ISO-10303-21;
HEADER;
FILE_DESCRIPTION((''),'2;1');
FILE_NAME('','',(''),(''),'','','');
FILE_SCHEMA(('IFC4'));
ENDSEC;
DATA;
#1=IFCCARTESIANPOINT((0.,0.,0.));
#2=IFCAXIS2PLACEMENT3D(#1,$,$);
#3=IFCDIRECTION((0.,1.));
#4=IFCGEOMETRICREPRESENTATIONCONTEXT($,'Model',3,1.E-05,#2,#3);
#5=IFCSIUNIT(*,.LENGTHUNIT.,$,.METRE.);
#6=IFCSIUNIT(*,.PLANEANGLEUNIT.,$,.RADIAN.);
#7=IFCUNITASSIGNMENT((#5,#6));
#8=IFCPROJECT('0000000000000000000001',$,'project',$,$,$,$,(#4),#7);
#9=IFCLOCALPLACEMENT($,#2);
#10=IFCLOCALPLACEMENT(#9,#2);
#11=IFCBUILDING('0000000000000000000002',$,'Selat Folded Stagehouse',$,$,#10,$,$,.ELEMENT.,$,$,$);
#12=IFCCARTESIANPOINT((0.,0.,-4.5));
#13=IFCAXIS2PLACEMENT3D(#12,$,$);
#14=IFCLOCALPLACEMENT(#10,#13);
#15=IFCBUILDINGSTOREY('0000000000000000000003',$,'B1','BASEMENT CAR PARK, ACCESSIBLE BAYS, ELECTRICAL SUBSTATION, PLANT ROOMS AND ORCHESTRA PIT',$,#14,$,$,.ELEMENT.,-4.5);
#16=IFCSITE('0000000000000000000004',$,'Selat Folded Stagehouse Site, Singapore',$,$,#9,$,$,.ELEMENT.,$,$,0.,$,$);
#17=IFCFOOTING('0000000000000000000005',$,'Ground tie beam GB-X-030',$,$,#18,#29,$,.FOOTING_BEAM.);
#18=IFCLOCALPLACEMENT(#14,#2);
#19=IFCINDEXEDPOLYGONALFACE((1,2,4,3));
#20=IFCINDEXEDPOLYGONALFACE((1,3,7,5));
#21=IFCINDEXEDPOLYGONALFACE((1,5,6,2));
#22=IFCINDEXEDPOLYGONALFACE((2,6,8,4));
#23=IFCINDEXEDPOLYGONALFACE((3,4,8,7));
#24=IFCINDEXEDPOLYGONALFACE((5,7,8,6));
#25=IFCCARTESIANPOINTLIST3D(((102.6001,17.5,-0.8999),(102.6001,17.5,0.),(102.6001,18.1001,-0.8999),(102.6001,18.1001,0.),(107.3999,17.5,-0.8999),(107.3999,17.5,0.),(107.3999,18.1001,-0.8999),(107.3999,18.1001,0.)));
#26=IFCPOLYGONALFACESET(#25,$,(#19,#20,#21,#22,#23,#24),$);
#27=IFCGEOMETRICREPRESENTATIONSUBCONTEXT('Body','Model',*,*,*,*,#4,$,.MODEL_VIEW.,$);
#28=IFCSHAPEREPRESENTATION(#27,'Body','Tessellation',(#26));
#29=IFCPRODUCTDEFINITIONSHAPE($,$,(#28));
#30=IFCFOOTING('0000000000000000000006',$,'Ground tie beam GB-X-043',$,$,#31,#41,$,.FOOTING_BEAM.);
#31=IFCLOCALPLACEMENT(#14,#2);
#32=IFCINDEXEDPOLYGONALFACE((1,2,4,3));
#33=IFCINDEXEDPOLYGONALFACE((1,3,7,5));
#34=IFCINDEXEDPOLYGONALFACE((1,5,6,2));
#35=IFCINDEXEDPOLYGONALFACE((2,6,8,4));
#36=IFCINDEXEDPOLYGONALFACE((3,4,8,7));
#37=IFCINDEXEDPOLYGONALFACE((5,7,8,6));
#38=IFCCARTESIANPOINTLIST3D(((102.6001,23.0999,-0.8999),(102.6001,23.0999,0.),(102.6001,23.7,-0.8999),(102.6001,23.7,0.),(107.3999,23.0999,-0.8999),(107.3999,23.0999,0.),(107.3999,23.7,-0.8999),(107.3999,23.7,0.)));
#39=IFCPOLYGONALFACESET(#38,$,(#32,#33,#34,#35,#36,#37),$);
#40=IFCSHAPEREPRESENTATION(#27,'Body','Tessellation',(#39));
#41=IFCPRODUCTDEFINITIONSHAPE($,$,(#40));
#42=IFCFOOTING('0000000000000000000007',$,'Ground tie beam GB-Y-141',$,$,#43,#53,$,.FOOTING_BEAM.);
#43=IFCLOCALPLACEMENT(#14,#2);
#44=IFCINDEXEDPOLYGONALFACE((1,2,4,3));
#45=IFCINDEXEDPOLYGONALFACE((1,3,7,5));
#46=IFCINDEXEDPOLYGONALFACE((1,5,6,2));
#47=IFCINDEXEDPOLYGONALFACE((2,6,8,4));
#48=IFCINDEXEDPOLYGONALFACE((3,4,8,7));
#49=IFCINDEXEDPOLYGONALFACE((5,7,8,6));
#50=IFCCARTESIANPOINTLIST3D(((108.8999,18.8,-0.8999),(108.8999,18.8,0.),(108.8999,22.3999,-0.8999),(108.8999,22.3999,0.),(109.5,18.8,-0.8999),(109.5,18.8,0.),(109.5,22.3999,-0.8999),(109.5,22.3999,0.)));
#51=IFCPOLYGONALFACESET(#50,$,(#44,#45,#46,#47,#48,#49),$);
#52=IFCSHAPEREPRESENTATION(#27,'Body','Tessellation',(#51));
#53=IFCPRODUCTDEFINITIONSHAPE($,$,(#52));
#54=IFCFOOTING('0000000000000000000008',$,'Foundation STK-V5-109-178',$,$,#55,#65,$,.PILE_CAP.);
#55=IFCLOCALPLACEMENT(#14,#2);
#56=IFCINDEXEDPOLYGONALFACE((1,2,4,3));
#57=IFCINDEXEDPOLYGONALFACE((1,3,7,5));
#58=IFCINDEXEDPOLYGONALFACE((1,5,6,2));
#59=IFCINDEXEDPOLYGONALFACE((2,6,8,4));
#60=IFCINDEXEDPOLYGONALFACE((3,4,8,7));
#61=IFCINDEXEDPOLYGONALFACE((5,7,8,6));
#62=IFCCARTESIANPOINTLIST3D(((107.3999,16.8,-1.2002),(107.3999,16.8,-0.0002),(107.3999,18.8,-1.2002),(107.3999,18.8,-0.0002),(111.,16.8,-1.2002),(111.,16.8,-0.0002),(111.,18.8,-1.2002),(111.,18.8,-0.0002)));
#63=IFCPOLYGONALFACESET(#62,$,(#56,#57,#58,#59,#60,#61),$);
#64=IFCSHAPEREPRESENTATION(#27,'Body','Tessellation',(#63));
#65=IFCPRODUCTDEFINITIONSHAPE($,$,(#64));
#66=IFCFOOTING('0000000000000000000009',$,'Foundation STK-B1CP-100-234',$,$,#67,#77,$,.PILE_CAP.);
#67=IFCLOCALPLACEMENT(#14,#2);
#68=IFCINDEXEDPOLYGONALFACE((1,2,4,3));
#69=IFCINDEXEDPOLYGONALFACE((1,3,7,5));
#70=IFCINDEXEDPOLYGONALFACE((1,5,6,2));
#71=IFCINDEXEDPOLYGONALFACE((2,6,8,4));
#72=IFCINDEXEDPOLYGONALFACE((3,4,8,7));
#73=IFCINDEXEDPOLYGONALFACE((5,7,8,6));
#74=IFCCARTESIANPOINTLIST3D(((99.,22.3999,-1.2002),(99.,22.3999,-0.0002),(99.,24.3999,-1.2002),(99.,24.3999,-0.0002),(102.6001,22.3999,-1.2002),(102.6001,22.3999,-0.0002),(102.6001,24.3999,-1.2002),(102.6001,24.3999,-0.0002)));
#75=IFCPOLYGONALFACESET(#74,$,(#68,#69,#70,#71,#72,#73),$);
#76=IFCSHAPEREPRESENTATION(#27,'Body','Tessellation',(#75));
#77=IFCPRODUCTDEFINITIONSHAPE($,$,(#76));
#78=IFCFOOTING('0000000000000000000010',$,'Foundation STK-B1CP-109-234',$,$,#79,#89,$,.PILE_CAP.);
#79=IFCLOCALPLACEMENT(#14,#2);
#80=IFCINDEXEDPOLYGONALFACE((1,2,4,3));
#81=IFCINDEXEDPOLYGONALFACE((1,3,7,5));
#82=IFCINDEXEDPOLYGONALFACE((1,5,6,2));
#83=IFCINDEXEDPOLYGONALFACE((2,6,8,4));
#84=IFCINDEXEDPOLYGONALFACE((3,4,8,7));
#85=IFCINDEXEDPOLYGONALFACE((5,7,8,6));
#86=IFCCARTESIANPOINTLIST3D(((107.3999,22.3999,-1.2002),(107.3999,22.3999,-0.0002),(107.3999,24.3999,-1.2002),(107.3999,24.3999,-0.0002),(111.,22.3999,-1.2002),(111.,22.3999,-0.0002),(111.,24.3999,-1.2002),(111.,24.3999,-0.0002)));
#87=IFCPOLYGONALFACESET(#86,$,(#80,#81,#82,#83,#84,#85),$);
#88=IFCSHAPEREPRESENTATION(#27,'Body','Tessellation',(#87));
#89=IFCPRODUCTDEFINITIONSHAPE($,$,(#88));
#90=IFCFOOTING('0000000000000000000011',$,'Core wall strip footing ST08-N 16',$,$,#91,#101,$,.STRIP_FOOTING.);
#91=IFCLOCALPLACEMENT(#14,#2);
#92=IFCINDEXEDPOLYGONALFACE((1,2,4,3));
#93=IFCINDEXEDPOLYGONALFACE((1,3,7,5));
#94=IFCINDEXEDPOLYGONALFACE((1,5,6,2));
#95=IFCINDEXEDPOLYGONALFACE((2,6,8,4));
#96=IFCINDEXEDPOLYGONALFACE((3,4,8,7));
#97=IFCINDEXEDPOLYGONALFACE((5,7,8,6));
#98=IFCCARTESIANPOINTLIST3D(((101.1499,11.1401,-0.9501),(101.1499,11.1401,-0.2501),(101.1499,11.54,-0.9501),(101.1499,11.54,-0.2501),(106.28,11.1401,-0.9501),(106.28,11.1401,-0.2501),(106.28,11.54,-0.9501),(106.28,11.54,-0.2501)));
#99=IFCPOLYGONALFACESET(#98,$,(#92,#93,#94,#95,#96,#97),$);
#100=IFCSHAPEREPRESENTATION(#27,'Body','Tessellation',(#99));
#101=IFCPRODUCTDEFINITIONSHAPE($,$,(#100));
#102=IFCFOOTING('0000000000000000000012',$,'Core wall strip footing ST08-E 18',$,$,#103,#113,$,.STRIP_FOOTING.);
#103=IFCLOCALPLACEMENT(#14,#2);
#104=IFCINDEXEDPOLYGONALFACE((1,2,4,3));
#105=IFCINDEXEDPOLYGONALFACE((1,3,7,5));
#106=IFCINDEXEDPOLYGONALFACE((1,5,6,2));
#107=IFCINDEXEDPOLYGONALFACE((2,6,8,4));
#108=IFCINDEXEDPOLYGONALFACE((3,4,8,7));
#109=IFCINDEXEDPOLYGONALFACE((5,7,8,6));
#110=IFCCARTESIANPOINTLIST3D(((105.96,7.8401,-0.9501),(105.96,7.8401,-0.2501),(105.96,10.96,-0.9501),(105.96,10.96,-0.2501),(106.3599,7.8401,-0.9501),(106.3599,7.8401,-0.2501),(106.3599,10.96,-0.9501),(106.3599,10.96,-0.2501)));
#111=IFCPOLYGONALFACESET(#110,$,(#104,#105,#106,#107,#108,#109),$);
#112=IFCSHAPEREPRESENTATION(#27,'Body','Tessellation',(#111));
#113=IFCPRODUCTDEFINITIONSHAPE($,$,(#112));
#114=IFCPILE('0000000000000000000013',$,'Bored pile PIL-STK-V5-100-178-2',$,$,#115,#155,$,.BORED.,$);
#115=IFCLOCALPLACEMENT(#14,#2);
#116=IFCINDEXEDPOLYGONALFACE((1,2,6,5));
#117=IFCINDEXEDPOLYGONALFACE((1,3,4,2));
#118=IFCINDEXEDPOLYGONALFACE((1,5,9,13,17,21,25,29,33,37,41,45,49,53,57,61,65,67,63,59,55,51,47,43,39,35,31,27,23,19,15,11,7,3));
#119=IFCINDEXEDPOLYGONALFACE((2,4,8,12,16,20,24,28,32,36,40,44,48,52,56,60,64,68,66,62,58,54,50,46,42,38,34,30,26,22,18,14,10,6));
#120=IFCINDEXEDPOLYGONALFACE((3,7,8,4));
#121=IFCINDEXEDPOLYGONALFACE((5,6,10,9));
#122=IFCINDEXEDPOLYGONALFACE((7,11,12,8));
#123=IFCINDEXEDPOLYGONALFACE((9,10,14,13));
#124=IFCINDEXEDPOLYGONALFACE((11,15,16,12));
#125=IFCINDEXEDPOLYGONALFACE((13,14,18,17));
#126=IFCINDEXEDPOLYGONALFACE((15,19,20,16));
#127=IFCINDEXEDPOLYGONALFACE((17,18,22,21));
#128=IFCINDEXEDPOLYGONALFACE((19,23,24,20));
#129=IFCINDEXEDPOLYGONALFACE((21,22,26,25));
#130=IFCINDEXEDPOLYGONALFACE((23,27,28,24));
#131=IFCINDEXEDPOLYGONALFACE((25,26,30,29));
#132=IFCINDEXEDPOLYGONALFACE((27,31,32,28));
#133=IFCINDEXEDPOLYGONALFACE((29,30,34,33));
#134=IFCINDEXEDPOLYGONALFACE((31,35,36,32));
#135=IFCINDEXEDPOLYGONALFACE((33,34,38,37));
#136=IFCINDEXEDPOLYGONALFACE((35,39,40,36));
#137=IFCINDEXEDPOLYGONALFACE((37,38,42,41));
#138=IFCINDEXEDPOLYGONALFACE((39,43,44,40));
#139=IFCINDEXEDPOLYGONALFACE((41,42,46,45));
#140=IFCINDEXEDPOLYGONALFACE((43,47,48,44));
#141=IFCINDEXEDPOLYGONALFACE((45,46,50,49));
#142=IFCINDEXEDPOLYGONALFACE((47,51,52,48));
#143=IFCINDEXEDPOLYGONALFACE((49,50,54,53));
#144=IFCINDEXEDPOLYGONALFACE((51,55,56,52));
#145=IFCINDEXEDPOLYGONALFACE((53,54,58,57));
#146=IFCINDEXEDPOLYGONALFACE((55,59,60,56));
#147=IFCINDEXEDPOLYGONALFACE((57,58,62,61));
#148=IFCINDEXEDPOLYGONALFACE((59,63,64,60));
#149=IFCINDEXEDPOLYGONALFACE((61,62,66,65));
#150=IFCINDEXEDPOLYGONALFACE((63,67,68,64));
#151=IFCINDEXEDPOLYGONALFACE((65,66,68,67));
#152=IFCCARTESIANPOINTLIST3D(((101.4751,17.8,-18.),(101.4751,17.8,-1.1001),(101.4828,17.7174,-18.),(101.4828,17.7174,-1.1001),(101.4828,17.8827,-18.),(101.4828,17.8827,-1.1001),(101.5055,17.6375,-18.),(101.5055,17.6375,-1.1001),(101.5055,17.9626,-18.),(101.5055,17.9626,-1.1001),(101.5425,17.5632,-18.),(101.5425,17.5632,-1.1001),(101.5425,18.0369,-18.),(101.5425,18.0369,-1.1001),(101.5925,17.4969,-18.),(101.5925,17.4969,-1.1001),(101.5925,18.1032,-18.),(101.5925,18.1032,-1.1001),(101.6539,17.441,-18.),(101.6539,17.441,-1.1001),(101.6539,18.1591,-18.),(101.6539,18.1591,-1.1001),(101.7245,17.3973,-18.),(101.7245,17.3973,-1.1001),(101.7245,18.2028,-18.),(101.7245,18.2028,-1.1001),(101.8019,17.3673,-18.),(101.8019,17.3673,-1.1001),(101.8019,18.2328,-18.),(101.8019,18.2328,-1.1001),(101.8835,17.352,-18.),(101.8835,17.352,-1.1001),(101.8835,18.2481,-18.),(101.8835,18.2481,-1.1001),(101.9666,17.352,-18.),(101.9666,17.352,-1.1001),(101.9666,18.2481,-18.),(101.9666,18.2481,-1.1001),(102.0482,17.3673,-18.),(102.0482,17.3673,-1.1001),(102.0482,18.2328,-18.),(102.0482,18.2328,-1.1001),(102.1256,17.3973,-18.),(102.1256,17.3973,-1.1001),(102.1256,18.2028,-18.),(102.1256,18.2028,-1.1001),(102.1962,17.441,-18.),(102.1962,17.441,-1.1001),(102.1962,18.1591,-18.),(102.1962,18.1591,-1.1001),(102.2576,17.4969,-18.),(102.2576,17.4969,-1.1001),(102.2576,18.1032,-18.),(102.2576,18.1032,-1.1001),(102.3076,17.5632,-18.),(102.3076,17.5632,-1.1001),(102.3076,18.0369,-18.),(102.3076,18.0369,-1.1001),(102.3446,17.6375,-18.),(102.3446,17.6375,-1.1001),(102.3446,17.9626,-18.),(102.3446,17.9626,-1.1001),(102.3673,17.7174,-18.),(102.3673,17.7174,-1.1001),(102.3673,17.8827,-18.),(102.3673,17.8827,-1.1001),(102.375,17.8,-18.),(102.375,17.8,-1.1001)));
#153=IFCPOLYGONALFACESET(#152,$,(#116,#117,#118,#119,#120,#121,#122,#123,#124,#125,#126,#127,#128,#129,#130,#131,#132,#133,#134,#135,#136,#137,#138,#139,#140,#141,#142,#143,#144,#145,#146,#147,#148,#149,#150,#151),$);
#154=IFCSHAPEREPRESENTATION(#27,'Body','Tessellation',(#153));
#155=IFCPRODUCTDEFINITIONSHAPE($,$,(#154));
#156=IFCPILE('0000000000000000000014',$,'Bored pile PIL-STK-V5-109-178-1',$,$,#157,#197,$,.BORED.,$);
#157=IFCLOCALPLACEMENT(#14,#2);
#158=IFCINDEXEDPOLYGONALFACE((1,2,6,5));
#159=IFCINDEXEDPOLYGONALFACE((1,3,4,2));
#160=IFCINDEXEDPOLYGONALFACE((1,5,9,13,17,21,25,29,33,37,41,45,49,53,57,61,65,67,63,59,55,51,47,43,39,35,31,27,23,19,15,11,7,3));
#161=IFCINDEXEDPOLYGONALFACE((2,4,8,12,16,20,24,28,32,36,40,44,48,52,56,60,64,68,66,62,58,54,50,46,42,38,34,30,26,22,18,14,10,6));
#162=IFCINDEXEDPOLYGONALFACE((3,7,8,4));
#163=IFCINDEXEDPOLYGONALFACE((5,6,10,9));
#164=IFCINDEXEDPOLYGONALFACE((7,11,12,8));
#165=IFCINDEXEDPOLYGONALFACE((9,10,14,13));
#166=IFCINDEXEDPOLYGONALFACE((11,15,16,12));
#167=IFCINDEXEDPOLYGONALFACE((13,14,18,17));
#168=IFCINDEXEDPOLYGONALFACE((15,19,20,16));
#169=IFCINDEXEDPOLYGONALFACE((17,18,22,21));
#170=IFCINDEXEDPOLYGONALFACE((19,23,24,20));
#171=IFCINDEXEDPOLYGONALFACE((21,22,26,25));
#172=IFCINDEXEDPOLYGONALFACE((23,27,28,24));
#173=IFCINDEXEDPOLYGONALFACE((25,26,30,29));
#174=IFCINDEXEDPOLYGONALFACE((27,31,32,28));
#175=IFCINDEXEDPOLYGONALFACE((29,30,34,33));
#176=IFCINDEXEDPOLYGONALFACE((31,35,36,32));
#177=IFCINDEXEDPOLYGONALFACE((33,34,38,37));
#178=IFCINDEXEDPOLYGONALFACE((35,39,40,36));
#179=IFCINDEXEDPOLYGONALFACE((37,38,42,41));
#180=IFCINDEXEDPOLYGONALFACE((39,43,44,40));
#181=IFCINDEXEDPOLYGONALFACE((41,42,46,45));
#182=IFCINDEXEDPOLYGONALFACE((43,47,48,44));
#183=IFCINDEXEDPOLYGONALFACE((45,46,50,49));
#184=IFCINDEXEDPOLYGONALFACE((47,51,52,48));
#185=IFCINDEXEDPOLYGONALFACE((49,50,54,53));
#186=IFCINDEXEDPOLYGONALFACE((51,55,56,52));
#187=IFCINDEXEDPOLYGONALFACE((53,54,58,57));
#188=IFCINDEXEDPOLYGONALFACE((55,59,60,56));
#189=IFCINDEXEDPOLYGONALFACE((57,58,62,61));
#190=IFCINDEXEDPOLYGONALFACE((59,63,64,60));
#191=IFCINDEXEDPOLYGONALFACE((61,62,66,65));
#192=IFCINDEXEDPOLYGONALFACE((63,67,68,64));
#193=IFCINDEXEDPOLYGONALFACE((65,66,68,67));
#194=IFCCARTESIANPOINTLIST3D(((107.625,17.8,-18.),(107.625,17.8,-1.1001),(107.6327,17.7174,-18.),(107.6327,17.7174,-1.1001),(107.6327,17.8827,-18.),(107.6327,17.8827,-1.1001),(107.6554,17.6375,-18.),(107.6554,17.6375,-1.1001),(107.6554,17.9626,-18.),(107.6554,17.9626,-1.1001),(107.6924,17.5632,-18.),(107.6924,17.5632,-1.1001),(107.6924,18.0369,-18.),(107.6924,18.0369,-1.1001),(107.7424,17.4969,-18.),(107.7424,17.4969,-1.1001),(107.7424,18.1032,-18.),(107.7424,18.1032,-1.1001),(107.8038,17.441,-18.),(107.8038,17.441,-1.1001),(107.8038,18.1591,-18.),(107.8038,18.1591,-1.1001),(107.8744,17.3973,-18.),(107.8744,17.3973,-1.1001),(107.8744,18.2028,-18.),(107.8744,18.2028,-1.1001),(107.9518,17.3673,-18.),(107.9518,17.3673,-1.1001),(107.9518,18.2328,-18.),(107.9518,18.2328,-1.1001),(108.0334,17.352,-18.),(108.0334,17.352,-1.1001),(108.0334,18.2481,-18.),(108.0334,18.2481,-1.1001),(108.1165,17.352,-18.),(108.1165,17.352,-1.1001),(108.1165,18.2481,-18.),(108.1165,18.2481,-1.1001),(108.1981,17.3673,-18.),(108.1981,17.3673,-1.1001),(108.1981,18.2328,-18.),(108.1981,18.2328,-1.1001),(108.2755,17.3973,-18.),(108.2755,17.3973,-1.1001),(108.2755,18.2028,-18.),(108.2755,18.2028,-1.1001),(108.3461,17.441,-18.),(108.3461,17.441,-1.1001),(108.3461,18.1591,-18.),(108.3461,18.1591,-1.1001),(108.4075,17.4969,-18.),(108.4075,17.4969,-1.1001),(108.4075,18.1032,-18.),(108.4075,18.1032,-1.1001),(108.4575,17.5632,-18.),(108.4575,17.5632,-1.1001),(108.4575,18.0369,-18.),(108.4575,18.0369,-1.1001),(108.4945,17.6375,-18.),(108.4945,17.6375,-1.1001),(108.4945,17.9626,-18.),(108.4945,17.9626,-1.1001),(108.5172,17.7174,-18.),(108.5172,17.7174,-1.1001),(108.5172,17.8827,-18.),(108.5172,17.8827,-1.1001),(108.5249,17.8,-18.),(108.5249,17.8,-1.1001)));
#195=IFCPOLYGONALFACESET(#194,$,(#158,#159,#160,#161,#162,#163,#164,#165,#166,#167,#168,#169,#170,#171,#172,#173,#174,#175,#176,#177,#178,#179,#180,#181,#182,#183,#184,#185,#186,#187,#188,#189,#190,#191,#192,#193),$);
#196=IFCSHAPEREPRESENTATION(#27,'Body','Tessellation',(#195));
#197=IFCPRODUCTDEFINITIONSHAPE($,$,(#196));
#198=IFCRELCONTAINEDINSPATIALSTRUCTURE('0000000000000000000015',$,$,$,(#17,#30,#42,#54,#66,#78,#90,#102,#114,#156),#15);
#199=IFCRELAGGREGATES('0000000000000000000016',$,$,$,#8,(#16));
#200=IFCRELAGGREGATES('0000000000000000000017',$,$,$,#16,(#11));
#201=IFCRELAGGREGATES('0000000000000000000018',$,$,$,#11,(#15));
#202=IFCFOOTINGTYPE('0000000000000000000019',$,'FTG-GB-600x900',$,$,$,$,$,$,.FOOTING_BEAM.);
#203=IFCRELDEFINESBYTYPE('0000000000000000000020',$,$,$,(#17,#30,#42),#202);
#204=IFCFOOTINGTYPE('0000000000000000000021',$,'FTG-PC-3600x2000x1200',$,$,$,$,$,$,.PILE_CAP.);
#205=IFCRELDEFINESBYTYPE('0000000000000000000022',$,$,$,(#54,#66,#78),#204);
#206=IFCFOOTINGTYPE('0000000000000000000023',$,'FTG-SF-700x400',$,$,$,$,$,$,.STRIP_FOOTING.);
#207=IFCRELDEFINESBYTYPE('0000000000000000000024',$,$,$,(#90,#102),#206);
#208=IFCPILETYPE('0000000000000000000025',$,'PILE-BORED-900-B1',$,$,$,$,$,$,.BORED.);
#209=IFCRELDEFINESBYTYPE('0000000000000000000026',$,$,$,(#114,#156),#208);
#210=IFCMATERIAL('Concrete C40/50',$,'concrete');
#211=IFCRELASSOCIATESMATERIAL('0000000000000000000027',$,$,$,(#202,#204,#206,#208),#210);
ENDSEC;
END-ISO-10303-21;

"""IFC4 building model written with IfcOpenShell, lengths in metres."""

from ifc_helpers import new_model, si_unit, direction, frame, origin, origin_2d, place, context, subcontext, project, spatial, rectangle, circle, extrude, material, material_profile, profile_set, type_object, element, save


model = new_model("IFC4")

# Units and contexts
model_context = context("Model", 3, precision=1e-05, world=origin(), true_north=direction((0.0, 1.0)))
body_context = subcontext(model_context, "Body", "Model", "MODEL_VIEW")
ifc_project = project(units=[si_unit("LENGTHUNIT", "METRE"), si_unit("PLANEANGLEUNIT", "RADIAN")], contexts=[model_context])

# Site, building, storey
site_placement = place(None, origin())
site = spatial("IfcSite", under=ifc_project, at=site_placement, Name="Selat Folded Stagehouse Site, Singapore", CompositionType="ELEMENT", RefElevation=0.0)
building_placement = place(site_placement, origin())
building = spatial("IfcBuilding", under=site, at=building_placement, Name="Selat Folded Stagehouse", CompositionType="ELEMENT")
storey_placement = place(building_placement, frame((0.0, 0.0, -4.5)))
storey = spatial("IfcBuildingStorey", under=building, at=storey_placement, Name="B1", Description="BASEMENT CAR PARK, ACCESSIBLE BAYS, ELECTRICAL SUBSTATION, PLANT ROOMS AND ORCHESTRA PIT", CompositionType="ELEMENT", Elevation=-4.5)

# Footings
ifc_material_1 = material(Name="Concrete C40/50", Category="concrete")
ifc_material_profile_1 = material_profile(ifc_material_1, rectangle(XDim=0.6001, YDim=0.8999, at=origin_2d()), Name="RC 900x600")
ifc_profile_set_1 = profile_set([ifc_material_profile_1], Name="Concrete C40/50")
footing_type_1 = type_object("IfcFootingType", Name="FTG-GB-600x900", PredefinedType="FOOTING_BEAM", material=ifc_profile_set_1)
for number, where, z_axis, x_axis, name in (
    (1, (102.6001, 17.8, -0.45), (1.0, 0.0, 0.0), (0.0, 1.0, 0.0), "Ground tie beam GB-X-030"),
    (2, (102.6001, 23.3999, -0.45), (1.0, 0.0, 0.0), (0.0, 1.0, 0.0), "Ground tie beam GB-X-043"),
):
    element("IfcFooting", number, at=place(storey_placement, frame(where, z_axis=z_axis, x_axis=x_axis)), inside=storey, type_object=footing_type_1, Name=name, PredefinedType="FOOTING_BEAM", context=body_context, shape_type="SweptSolid", body=[
        extrude(rectangle(XDim=0.6001, YDim=0.8999, at=origin_2d()), origin(), (0.0, 0.0, 1.0), 4.7998),
    ])
footing_1_placement = place(storey_placement, frame((109.2, 18.8, -0.45), z_axis=(0.0, 1.0, 0.0), x_axis=(-1.0, 0.0, 0.0)))
element("IfcFooting", 3, at=footing_1_placement, inside=storey, type_object=footing_type_1, Name="Ground tie beam GB-Y-141", PredefinedType="FOOTING_BEAM", context=body_context, shape_type="SweptSolid", body=[
    extrude(rectangle(XDim=0.6001, YDim=0.8999, at=origin_2d()), origin(), (0.0, 0.0, 1.0), 3.5999),
])
footing_type_2 = type_object("IfcFootingType", Name="FTG-PC-3600x2000x1200", PredefinedType="PILE_CAP", material=ifc_material_1)
for number, where, z_axis, x_axis, name in (
    (4, (109.2, 17.8, -1.2002), (0.0, 0.0, 1.0), (1.0, 0.0, 0.0), "Foundation STK-V5-109-178"),
    (5, (100.8, 23.3999, -1.2002), (0.0, 0.0, 1.0), (1.0, 0.0, 0.0), "Foundation STK-B1CP-100-234"),
    (6, (109.2, 23.3999, -1.2002), (0.0, 0.0, 1.0), (1.0, 0.0, 0.0), "Foundation STK-B1CP-109-234"),
):
    element("IfcFooting", number, at=place(storey_placement, frame(where, z_axis=z_axis, x_axis=x_axis)), inside=storey, type_object=footing_type_2, Name=name, PredefinedType="PILE_CAP", context=body_context, shape_type="SweptSolid", body=[
        extrude(rectangle(XDim=3.6001, YDim=2.0, at=origin_2d()), origin(), (0.0, 0.0, 1.0), 1.2),
    ])
ifc_material_profile_2 = material_profile(ifc_material_1, rectangle(XDim=0.3999, YDim=0.7, at=origin_2d()), Name="RC 700x400")
ifc_profile_set_2 = profile_set([ifc_material_profile_2], Name="Concrete C40/50")
footing_type_3 = type_object("IfcFootingType", Name="FTG-SF-700x400", PredefinedType="STRIP_FOOTING", material=ifc_profile_set_2)
footing_2_placement = place(storey_placement, frame((101.1499, 11.3401, -0.6001), z_axis=(1.0, 0.0, 0.0), x_axis=(0.0, 1.0, 0.0)))
element("IfcFooting", 7, at=footing_2_placement, inside=storey, type_object=footing_type_3, Name="Core wall strip footing ST08-N 16", PredefinedType="STRIP_FOOTING", context=body_context, shape_type="SweptSolid", body=[
    extrude(rectangle(XDim=0.3999, YDim=0.7, at=origin_2d()), origin(), (0.0, 0.0, 1.0), 5.1301),
])
footing_3_placement = place(storey_placement, frame((106.1599, 7.8401, -0.6001), z_axis=(0.0, 1.0, 0.0), x_axis=(-1.0, 0.0, 0.0)))
element("IfcFooting", 8, at=footing_3_placement, inside=storey, type_object=footing_type_3, Name="Core wall strip footing ST08-E 18", PredefinedType="STRIP_FOOTING", context=body_context, shape_type="SweptSolid", body=[
    extrude(rectangle(XDim=0.3999, YDim=0.7, at=origin_2d()), origin(), (0.0, 0.0, 1.0), 3.1199),
])

# Piles
ifc_material_profile_3 = material_profile(ifc_material_1, circle(Radius=0.45, at=origin_2d()), Name="PILE D900")
ifc_profile_set_3 = profile_set([ifc_material_profile_3], Name="Concrete C40/50")
pile_type = type_object("IfcPileType", Name="PILE-BORED-900-B1", PredefinedType="BORED", material=ifc_profile_set_3)
for number, where, z_axis, x_axis, name in (
    (9, (101.925, 17.8, -1.1001), (0.0, 0.0, -1.0), (1.0, 0.0, 0.0), "Bored pile PIL-STK-V5-100-178-2"),
    (10, (108.075, 17.8, -1.1001), (0.0, 0.0, -1.0), (1.0, 0.0, 0.0), "Bored pile PIL-STK-V5-109-178-1"),
):
    element("IfcPile", number, at=place(storey_placement, frame(where, z_axis=z_axis, x_axis=x_axis)), inside=storey, type_object=pile_type, Name=name, PredefinedType="BORED", context=body_context, shape_type="SweptSolid", body=[
        extrude(circle(Radius=0.45, at=origin_2d()), origin(), (0.0, 0.0, 1.0), 16.8999),
    ])

save(model, "model.ifc")
